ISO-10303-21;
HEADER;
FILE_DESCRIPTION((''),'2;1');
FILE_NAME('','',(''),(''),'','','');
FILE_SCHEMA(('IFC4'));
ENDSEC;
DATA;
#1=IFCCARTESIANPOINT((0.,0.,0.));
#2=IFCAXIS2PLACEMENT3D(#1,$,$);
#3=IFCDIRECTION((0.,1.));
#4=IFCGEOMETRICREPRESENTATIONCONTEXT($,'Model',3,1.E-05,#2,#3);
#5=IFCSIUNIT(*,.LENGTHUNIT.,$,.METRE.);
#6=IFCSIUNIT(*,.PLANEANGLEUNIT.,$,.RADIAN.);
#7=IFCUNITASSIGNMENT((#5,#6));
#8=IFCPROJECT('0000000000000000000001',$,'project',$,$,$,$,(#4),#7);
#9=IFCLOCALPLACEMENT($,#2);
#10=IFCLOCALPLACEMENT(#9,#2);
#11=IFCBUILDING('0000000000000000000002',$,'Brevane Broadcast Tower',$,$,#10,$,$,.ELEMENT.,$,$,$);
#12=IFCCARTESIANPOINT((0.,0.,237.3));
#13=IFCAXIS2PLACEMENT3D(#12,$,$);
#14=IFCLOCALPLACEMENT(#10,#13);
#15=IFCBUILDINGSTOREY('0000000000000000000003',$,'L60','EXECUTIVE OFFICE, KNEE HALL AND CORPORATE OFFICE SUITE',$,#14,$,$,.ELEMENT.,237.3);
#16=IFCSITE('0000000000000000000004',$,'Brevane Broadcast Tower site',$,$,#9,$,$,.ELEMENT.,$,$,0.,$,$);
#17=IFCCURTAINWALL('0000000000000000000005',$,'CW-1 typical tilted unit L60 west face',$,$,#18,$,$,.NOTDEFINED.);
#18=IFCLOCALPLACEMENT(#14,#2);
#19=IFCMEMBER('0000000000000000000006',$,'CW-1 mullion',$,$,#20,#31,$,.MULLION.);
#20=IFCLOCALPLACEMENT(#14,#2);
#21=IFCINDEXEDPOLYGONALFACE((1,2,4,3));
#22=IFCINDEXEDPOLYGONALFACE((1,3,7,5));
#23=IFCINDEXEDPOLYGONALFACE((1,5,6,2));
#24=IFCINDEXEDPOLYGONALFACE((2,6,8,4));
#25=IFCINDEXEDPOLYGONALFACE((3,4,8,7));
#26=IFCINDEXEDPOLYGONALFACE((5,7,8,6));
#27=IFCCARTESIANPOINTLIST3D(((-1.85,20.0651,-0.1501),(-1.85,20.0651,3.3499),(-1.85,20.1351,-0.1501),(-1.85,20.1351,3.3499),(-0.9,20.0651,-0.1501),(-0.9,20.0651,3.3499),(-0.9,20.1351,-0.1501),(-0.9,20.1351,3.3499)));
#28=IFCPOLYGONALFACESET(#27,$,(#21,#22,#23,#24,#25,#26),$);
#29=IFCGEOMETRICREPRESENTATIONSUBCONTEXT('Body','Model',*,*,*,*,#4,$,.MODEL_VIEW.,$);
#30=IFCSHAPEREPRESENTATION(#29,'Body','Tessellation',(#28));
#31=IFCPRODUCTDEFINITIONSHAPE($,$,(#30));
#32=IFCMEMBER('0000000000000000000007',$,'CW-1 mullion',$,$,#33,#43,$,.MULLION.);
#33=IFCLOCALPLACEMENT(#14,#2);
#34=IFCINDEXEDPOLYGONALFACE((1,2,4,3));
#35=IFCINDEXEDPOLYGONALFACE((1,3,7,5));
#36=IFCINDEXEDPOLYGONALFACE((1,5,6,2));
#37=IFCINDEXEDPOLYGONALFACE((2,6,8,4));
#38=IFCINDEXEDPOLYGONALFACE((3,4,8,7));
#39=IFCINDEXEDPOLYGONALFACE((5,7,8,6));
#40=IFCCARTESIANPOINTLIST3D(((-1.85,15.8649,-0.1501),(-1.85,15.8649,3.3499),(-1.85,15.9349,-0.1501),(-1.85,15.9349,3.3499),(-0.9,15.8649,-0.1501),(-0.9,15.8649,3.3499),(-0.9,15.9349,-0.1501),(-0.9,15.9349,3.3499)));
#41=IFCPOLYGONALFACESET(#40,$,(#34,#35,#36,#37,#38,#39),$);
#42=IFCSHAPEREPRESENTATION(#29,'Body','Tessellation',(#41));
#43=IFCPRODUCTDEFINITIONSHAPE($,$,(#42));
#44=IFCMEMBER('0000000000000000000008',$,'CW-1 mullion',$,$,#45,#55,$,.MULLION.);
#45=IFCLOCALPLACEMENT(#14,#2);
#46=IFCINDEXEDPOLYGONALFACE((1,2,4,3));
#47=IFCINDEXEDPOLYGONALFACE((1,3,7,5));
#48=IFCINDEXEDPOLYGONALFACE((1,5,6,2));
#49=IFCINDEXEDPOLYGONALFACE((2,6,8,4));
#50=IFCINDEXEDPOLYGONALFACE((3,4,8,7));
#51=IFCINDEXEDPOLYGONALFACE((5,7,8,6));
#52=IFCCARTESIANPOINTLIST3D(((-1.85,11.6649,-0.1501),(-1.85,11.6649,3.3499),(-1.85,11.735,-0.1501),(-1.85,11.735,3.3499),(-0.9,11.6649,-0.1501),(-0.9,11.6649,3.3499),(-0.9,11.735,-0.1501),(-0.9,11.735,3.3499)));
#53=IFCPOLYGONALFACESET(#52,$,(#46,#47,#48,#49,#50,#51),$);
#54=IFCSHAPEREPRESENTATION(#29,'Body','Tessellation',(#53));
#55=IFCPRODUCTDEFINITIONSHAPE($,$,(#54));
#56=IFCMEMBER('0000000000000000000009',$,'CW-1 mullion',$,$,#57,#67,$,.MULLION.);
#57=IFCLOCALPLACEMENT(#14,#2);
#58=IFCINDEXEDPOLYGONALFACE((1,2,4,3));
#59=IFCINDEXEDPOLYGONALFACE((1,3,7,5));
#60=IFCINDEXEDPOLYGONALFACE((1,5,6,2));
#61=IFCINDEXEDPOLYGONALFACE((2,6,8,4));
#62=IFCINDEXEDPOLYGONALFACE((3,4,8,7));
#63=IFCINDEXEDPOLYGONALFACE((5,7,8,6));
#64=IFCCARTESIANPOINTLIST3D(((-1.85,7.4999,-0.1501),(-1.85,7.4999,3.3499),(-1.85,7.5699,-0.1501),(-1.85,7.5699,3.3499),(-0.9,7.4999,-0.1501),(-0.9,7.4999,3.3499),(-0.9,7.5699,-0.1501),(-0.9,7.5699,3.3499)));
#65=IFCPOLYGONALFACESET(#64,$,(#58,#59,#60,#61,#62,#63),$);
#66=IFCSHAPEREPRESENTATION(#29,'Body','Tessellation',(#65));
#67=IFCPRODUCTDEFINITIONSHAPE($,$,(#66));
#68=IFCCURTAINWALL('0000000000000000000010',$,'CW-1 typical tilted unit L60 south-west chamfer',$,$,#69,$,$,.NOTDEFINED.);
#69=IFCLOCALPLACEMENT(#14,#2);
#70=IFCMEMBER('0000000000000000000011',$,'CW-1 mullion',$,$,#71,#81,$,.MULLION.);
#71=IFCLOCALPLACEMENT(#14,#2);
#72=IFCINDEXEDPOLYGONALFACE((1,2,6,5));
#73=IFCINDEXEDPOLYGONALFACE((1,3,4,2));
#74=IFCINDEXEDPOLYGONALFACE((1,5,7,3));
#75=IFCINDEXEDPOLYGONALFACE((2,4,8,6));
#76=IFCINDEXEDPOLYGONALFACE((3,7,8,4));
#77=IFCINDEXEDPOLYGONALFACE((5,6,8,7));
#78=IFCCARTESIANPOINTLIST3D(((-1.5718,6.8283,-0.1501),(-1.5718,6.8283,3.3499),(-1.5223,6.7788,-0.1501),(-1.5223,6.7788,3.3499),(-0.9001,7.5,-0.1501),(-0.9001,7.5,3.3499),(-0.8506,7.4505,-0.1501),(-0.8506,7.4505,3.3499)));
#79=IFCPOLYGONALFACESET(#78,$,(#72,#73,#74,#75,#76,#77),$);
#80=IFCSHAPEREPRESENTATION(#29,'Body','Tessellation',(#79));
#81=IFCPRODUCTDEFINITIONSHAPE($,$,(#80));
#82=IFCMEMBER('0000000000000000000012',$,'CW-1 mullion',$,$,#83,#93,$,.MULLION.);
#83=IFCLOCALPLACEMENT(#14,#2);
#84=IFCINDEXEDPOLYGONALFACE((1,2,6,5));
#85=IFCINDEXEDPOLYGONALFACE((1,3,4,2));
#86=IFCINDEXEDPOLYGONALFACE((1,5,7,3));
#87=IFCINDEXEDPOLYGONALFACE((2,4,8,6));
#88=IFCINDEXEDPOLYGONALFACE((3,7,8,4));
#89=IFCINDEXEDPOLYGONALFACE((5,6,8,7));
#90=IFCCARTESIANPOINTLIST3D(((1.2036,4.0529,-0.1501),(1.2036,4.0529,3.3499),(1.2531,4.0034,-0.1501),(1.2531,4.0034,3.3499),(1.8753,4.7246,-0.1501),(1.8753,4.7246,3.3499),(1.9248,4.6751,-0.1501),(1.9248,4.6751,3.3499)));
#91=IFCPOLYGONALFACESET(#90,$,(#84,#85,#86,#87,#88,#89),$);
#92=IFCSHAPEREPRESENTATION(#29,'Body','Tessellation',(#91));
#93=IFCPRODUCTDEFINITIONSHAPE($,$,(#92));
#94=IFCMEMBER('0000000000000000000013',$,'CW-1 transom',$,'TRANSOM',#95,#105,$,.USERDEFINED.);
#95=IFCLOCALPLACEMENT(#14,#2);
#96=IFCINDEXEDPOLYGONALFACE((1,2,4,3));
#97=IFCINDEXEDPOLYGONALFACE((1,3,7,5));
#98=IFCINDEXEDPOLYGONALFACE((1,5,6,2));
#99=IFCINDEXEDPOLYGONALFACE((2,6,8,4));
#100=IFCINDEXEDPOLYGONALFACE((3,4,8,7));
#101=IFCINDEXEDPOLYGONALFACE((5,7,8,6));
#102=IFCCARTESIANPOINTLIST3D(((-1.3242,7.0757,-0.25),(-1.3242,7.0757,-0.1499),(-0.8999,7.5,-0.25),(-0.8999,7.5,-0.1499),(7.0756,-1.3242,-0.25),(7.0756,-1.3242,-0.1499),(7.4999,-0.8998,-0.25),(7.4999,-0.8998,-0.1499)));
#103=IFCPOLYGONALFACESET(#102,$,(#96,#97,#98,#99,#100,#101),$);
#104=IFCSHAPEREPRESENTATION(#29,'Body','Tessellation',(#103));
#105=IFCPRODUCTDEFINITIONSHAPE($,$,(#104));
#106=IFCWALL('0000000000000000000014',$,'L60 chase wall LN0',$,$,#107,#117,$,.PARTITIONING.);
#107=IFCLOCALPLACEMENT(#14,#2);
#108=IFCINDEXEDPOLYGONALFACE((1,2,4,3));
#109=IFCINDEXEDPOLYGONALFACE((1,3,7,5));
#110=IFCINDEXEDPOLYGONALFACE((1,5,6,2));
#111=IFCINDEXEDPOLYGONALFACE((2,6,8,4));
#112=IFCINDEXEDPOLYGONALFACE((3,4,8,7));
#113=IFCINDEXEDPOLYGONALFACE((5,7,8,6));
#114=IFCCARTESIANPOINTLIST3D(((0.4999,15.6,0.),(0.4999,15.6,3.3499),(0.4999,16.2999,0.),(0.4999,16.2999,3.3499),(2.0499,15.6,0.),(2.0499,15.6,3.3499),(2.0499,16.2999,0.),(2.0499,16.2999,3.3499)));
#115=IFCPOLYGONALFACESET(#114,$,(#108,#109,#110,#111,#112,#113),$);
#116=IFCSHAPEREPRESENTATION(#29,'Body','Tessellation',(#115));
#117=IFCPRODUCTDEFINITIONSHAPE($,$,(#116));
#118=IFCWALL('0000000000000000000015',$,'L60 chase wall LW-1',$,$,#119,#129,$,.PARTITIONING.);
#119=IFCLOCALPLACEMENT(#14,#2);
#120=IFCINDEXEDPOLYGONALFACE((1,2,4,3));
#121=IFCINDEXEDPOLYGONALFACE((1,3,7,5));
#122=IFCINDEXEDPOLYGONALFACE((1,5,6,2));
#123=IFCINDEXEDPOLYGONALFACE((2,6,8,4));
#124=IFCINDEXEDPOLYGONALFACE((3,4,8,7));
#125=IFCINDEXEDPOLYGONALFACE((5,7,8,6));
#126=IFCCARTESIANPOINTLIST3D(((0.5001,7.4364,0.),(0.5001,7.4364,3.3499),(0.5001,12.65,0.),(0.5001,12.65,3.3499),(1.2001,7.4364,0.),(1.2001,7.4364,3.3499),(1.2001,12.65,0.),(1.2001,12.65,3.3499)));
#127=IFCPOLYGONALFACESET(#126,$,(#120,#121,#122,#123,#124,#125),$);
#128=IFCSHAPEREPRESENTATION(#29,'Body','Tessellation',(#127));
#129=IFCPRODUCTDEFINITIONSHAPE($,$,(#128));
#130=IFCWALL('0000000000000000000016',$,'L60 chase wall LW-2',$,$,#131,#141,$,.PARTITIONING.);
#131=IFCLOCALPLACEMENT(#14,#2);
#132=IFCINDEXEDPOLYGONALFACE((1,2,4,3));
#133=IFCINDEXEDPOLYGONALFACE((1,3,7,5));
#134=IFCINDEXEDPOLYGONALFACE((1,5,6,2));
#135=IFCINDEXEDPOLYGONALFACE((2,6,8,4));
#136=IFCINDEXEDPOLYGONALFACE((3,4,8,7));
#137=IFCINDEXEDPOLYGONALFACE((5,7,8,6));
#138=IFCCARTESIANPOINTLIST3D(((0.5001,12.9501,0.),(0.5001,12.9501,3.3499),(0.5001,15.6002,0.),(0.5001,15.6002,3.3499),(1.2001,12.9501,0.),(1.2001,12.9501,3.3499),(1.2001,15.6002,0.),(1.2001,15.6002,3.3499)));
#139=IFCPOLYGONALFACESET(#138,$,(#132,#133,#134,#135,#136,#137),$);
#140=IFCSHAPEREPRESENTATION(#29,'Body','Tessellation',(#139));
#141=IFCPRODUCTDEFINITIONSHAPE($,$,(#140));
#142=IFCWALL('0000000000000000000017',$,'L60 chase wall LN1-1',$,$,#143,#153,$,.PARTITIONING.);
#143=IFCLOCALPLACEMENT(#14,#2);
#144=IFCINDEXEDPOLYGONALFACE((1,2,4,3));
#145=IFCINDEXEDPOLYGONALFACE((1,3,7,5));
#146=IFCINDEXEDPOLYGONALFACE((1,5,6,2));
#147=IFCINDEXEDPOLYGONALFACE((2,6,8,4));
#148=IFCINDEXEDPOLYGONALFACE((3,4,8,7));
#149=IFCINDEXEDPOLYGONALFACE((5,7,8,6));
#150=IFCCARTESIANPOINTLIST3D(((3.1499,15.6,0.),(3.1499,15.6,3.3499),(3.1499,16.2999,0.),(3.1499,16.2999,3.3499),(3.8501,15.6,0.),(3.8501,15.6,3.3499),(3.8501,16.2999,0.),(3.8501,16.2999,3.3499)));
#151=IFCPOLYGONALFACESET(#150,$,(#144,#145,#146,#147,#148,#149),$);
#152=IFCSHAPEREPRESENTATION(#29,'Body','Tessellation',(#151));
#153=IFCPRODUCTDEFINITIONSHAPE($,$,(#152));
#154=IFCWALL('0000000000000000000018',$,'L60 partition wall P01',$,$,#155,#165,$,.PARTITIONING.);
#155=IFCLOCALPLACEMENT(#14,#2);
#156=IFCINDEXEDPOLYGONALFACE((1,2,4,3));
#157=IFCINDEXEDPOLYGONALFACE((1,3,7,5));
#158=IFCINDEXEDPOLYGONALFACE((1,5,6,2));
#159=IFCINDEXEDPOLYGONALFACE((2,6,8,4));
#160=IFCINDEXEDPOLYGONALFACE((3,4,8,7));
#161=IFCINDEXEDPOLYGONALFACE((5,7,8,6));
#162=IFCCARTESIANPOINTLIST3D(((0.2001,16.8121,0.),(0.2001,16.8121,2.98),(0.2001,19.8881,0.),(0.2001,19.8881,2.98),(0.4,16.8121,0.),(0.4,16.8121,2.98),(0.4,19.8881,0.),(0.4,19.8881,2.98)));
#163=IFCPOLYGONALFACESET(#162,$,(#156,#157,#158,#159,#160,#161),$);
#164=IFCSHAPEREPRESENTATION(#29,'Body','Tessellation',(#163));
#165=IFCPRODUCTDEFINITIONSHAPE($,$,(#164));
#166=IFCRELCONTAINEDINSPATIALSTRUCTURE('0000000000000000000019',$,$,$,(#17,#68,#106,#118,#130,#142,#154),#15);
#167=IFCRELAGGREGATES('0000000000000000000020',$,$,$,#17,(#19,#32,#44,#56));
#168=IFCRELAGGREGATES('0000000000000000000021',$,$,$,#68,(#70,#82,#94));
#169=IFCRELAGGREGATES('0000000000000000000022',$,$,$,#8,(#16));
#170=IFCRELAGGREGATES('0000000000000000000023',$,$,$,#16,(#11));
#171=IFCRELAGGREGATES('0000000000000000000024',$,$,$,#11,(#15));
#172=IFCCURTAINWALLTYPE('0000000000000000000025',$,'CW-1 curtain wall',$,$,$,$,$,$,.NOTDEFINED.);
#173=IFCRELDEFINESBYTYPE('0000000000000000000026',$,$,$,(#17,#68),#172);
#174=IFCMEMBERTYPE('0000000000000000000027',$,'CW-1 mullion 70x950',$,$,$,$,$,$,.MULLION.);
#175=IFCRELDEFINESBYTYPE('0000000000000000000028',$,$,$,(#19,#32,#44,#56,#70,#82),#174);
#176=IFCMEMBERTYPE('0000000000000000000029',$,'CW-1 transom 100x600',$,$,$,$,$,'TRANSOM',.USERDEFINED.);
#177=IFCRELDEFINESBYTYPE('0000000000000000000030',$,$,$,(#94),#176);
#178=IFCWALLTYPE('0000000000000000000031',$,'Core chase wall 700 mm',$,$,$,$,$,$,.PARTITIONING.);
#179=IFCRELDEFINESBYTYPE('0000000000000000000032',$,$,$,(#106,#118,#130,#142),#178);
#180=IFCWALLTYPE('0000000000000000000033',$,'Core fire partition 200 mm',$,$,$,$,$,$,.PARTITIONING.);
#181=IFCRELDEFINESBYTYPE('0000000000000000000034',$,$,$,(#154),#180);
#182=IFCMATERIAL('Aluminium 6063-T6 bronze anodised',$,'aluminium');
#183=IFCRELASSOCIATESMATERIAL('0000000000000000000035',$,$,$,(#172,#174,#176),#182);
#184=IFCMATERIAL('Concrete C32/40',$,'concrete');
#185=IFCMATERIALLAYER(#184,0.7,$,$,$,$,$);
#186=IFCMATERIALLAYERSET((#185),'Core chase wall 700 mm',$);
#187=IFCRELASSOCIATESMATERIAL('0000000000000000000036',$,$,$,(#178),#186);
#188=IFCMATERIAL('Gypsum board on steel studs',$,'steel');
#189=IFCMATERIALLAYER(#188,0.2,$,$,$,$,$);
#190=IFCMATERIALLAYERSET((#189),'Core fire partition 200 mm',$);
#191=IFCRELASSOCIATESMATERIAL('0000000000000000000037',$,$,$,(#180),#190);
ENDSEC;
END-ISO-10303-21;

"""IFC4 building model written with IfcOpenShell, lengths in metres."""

from ifc_helpers import new_model, si_unit, direction, frame, frame_2d, origin, origin_2d, place, context, subcontext, project, spatial, rectangle, extrude, material, layer, layer_set, material_profile, profile_set, type_object, element, aggregate, save


model = new_model("IFC4")

# Units and contexts
model_context = context("Model", 3, precision=1e-05, world=origin(), true_north=direction((0.0, 1.0)))
body_context = subcontext(model_context, "Body", "Model", "MODEL_VIEW")
ifc_project = project(units=[si_unit("LENGTHUNIT", "METRE"), si_unit("PLANEANGLEUNIT", "RADIAN")], contexts=[model_context])

# Site, building, storey
site_placement = place(None, origin())
site = spatial("IfcSite", under=ifc_project, at=site_placement, Name="Brevane Broadcast Tower site", CompositionType="ELEMENT", RefElevation=0.0)
building_placement = place(site_placement, origin())
building = spatial("IfcBuilding", under=site, at=building_placement, Name="Brevane Broadcast Tower", CompositionType="ELEMENT")
storey_placement = place(building_placement, frame((0.0, 0.0, 237.3)))
storey = spatial("IfcBuildingStorey", under=building, at=storey_placement, Name="L60", Description="EXECUTIVE OFFICE, KNEE HALL AND CORPORATE OFFICE SUITE", CompositionType="ELEMENT", Elevation=237.3)

# Curtain walls, members
ifc_material_1 = material(Name="Aluminium 6063-T6 bronze anodised", Category="aluminium")
curtain_wall_type = type_object("IfcCurtainWallType", Name="CW-1 curtain wall", PredefinedType="NOTDEFINED", material=ifc_material_1)
curtain_wall_1_placement = place(storey_placement, origin())
curtain_wall_1 = element("IfcCurtainWall", 1, at=curtain_wall_1_placement, inside=storey, type_object=curtain_wall_type, Name="CW-1 typical tilted unit L60 west face", PredefinedType="NOTDEFINED")
ifc_material_profile_1 = material_profile(ifc_material_1, rectangle(XDim=0.95, YDim=0.0701, at=origin_2d()), Name="RECT 70x950")
ifc_profile_set_1 = profile_set([ifc_material_profile_1], Name="Aluminium 6063-T6 bronze anodised")
member_type_1 = type_object("IfcMemberType", Name="CW-1 mullion 70x950", PredefinedType="MULLION", material=ifc_profile_set_1)
member_1_placement = place(storey_placement, frame((-1.375, 20.1001, -0.1501), z_axis=(0.0, 0.0, 1.0), x_axis=(1.0, 0.0, 0.0)))
member_1 = element("IfcMember", 2, at=member_1_placement, type_object=member_type_1, Name="CW-1 mullion", PredefinedType="MULLION", context=body_context, shape_type="SweptSolid", body=[
    extrude(rectangle(XDim=0.95, YDim=0.0701, at=origin_2d()), origin(), (0.0, 0.0, 1.0), 3.5),
])
member_2_placement = place(storey_placement, frame((-1.375, 15.8999, -0.1501), z_axis=(0.0, 0.0, 1.0), x_axis=(1.0, 0.0, 0.0)))
member_2 = element("IfcMember", 3, at=member_2_placement, type_object=member_type_1, Name="CW-1 mullion", PredefinedType="MULLION", context=body_context, shape_type="SweptSolid", body=[
    extrude(rectangle(XDim=0.95, YDim=0.0701, at=origin_2d()), origin(), (0.0, 0.0, 1.0), 3.5),
])
member_3_placement = place(storey_placement, frame((-1.375, 11.7, -0.1501), z_axis=(0.0, 0.0, 1.0), x_axis=(1.0, 0.0, 0.0)))
member_3 = element("IfcMember", 4, at=member_3_placement, type_object=member_type_1, Name="CW-1 mullion", PredefinedType="MULLION", context=body_context, shape_type="SweptSolid", body=[
    extrude(rectangle(XDim=0.95, YDim=0.0701, at=origin_2d()), origin(), (0.0, 0.0, 1.0), 3.5),
])
member_4_placement = place(storey_placement, frame((-1.375, 7.5349, -0.1501), z_axis=(0.0, 0.0, 1.0), x_axis=(1.0, 0.0, 0.0)))
member_4 = element("IfcMember", 5, at=member_4_placement, type_object=member_type_1, Name="CW-1 mullion", PredefinedType="MULLION", context=body_context, shape_type="SweptSolid", body=[
    extrude(rectangle(XDim=0.95, YDim=0.0701, at=origin_2d()), origin(), (0.0, 0.0, 1.0), 3.5),
])
aggregate(curtain_wall_1, [member_1, member_2, member_3, member_4])
curtain_wall_2_placement = place(storey_placement, origin())
curtain_wall_2 = element("IfcCurtainWall", 6, at=curtain_wall_2_placement, inside=storey, type_object=curtain_wall_type, Name="CW-1 typical tilted unit L60 south-west chamfer", PredefinedType="NOTDEFINED")
member_5_placement = place(storey_placement, frame((-1.2112, 7.1394, -0.1501), z_axis=(0.0, 0.0, 1.0), x_axis=(0.707107, 0.707107, 0.0)))
member_5 = element("IfcMember", 7, at=member_5_placement, type_object=member_type_1, Name="CW-1 mullion", PredefinedType="MULLION", context=body_context, shape_type="SweptSolid", body=[
    extrude(rectangle(XDim=0.95, YDim=0.0701, at=origin_2d()), origin(), (0.0, 0.0, 1.0), 3.5),
])
member_6_placement = place(storey_placement, frame((1.5642, 4.364, -0.1501), z_axis=(0.0, 0.0, 1.0), x_axis=(0.707107, 0.707107, 0.0)))
member_6 = element("IfcMember", 8, at=member_6_placement, type_object=member_type_1, Name="CW-1 mullion", PredefinedType="MULLION", context=body_context, shape_type="SweptSolid", body=[
    extrude(rectangle(XDim=0.95, YDim=0.0701, at=origin_2d()), origin(), (0.0, 0.0, 1.0), 3.5),
])
ifc_material_profile_2 = material_profile(ifc_material_1, rectangle(XDim=0.6001, YDim=0.1001, at=origin_2d()), Name="RECT 100x600")
ifc_profile_set_2 = profile_set([ifc_material_profile_2], Name="Aluminium 6063-T6 bronze anodised")
member_type_2 = type_object("IfcMemberType", Name="CW-1 transom 100x600", ElementType="TRANSOM", PredefinedType="USERDEFINED", material=ifc_profile_set_2)
member_7_placement = place(storey_placement, frame((-1.1121, 7.2878, -0.2), z_axis=(0.707107, -0.707107, 0.0), x_axis=(0.707107, 0.707107, 0.0)))
member_7 = element("IfcMember", 9, at=member_7_placement, type_object=member_type_2, Name="CW-1 transom", ObjectType="TRANSOM", PredefinedType="USERDEFINED", context=body_context, shape_type="SweptSolid", body=[
    extrude(rectangle(XDim=0.6001, YDim=0.1001, at=origin_2d()), origin(), (0.0, 0.0, 1.0), 11.8792),
])
aggregate(curtain_wall_2, [member_5, member_6, member_7])

# Walls
ifc_material_2 = material(Name="Concrete C32/40", Category="concrete")
ifc_layer_1 = layer(ifc_material_2, 0.7)
ifc_layer_set_1 = layer_set([ifc_layer_1], Name="Core chase wall 700 mm")
wall_type_1 = type_object("IfcWallType", Name="Core chase wall 700 mm", PredefinedType="PARTITIONING", material=ifc_layer_set_1)
wall_1_placement = place(storey_placement, frame((0.5, 15.95, 0.0), z_axis=(0.0, 0.0, 1.0), x_axis=(1.0, 0.0, 0.0)))
element("IfcWall", 10, at=wall_1_placement, inside=storey, type_object=wall_type_1, Name="L60 chase wall LN0", PredefinedType="PARTITIONING", context=body_context, shape_type="SweptSolid", body=[
    extrude(rectangle(XDim=1.55, YDim=0.7, at=frame_2d((0.7749, 0.0))), origin(), (0.0, 0.0, 1.0), 3.3499),
])
wall_2_placement = place(storey_placement, frame((0.8501, 7.4363, 0.0), z_axis=(0.0, 0.0, 1.0), x_axis=(0.0, 1.0, 0.0)))
element("IfcWall", 11, at=wall_2_placement, inside=storey, type_object=wall_type_1, Name="L60 chase wall LW-1", PredefinedType="PARTITIONING", context=body_context, shape_type="SweptSolid", body=[
    extrude(rectangle(XDim=5.2136, YDim=0.7, at=frame_2d((2.6069, 0.0))), origin(), (0.0, 0.0, 1.0), 3.3499),
])
wall_3_placement = place(storey_placement, frame((0.8501, 12.95, 0.0), z_axis=(0.0, 0.0, 1.0), x_axis=(0.0, 1.0, 0.0)))
element("IfcWall", 12, at=wall_3_placement, inside=storey, type_object=wall_type_1, Name="L60 chase wall LW-2", PredefinedType="PARTITIONING", context=body_context, shape_type="SweptSolid", body=[
    extrude(rectangle(XDim=2.6501, YDim=0.7, at=frame_2d((1.3252, 0.0))), origin(), (0.0, 0.0, 1.0), 3.3499),
])
wall_4_placement = place(storey_placement, frame((3.1499, 15.95, 0.0), z_axis=(0.0, 0.0, 1.0), x_axis=(1.0, 0.0, 0.0)))
element("IfcWall", 13, at=wall_4_placement, inside=storey, type_object=wall_type_1, Name="L60 chase wall LN1-1", PredefinedType="PARTITIONING", context=body_context, shape_type="SweptSolid", body=[
    extrude(rectangle(XDim=0.7002, YDim=0.7, at=frame_2d((0.3501, 0.0))), origin(), (0.0, 0.0, 1.0), 3.3499),
])
ifc_material_3 = material(Name="Gypsum board on steel studs", Category="steel")
ifc_layer_2 = layer(ifc_material_3, 0.2)
ifc_layer_set_2 = layer_set([ifc_layer_2], Name="Core fire partition 200 mm")
wall_type_2 = type_object("IfcWallType", Name="Core fire partition 200 mm", PredefinedType="PARTITIONING", material=ifc_layer_set_2)
wall_5_placement = place(storey_placement, frame((0.3, 16.812, 0.0), z_axis=(0.0, 0.0, 1.0), x_axis=(0.0, 1.0, 0.0)))
element("IfcWall", 14, at=wall_5_placement, inside=storey, type_object=wall_type_2, Name="L60 partition wall P01", PredefinedType="PARTITIONING", context=body_context, shape_type="SweptSolid", body=[
    extrude(rectangle(XDim=3.0759, YDim=0.2, at=frame_2d((1.5381, 0.0))), origin(), (0.0, 0.0, 1.0), 2.98),
])

save(model, "model.ifc")
